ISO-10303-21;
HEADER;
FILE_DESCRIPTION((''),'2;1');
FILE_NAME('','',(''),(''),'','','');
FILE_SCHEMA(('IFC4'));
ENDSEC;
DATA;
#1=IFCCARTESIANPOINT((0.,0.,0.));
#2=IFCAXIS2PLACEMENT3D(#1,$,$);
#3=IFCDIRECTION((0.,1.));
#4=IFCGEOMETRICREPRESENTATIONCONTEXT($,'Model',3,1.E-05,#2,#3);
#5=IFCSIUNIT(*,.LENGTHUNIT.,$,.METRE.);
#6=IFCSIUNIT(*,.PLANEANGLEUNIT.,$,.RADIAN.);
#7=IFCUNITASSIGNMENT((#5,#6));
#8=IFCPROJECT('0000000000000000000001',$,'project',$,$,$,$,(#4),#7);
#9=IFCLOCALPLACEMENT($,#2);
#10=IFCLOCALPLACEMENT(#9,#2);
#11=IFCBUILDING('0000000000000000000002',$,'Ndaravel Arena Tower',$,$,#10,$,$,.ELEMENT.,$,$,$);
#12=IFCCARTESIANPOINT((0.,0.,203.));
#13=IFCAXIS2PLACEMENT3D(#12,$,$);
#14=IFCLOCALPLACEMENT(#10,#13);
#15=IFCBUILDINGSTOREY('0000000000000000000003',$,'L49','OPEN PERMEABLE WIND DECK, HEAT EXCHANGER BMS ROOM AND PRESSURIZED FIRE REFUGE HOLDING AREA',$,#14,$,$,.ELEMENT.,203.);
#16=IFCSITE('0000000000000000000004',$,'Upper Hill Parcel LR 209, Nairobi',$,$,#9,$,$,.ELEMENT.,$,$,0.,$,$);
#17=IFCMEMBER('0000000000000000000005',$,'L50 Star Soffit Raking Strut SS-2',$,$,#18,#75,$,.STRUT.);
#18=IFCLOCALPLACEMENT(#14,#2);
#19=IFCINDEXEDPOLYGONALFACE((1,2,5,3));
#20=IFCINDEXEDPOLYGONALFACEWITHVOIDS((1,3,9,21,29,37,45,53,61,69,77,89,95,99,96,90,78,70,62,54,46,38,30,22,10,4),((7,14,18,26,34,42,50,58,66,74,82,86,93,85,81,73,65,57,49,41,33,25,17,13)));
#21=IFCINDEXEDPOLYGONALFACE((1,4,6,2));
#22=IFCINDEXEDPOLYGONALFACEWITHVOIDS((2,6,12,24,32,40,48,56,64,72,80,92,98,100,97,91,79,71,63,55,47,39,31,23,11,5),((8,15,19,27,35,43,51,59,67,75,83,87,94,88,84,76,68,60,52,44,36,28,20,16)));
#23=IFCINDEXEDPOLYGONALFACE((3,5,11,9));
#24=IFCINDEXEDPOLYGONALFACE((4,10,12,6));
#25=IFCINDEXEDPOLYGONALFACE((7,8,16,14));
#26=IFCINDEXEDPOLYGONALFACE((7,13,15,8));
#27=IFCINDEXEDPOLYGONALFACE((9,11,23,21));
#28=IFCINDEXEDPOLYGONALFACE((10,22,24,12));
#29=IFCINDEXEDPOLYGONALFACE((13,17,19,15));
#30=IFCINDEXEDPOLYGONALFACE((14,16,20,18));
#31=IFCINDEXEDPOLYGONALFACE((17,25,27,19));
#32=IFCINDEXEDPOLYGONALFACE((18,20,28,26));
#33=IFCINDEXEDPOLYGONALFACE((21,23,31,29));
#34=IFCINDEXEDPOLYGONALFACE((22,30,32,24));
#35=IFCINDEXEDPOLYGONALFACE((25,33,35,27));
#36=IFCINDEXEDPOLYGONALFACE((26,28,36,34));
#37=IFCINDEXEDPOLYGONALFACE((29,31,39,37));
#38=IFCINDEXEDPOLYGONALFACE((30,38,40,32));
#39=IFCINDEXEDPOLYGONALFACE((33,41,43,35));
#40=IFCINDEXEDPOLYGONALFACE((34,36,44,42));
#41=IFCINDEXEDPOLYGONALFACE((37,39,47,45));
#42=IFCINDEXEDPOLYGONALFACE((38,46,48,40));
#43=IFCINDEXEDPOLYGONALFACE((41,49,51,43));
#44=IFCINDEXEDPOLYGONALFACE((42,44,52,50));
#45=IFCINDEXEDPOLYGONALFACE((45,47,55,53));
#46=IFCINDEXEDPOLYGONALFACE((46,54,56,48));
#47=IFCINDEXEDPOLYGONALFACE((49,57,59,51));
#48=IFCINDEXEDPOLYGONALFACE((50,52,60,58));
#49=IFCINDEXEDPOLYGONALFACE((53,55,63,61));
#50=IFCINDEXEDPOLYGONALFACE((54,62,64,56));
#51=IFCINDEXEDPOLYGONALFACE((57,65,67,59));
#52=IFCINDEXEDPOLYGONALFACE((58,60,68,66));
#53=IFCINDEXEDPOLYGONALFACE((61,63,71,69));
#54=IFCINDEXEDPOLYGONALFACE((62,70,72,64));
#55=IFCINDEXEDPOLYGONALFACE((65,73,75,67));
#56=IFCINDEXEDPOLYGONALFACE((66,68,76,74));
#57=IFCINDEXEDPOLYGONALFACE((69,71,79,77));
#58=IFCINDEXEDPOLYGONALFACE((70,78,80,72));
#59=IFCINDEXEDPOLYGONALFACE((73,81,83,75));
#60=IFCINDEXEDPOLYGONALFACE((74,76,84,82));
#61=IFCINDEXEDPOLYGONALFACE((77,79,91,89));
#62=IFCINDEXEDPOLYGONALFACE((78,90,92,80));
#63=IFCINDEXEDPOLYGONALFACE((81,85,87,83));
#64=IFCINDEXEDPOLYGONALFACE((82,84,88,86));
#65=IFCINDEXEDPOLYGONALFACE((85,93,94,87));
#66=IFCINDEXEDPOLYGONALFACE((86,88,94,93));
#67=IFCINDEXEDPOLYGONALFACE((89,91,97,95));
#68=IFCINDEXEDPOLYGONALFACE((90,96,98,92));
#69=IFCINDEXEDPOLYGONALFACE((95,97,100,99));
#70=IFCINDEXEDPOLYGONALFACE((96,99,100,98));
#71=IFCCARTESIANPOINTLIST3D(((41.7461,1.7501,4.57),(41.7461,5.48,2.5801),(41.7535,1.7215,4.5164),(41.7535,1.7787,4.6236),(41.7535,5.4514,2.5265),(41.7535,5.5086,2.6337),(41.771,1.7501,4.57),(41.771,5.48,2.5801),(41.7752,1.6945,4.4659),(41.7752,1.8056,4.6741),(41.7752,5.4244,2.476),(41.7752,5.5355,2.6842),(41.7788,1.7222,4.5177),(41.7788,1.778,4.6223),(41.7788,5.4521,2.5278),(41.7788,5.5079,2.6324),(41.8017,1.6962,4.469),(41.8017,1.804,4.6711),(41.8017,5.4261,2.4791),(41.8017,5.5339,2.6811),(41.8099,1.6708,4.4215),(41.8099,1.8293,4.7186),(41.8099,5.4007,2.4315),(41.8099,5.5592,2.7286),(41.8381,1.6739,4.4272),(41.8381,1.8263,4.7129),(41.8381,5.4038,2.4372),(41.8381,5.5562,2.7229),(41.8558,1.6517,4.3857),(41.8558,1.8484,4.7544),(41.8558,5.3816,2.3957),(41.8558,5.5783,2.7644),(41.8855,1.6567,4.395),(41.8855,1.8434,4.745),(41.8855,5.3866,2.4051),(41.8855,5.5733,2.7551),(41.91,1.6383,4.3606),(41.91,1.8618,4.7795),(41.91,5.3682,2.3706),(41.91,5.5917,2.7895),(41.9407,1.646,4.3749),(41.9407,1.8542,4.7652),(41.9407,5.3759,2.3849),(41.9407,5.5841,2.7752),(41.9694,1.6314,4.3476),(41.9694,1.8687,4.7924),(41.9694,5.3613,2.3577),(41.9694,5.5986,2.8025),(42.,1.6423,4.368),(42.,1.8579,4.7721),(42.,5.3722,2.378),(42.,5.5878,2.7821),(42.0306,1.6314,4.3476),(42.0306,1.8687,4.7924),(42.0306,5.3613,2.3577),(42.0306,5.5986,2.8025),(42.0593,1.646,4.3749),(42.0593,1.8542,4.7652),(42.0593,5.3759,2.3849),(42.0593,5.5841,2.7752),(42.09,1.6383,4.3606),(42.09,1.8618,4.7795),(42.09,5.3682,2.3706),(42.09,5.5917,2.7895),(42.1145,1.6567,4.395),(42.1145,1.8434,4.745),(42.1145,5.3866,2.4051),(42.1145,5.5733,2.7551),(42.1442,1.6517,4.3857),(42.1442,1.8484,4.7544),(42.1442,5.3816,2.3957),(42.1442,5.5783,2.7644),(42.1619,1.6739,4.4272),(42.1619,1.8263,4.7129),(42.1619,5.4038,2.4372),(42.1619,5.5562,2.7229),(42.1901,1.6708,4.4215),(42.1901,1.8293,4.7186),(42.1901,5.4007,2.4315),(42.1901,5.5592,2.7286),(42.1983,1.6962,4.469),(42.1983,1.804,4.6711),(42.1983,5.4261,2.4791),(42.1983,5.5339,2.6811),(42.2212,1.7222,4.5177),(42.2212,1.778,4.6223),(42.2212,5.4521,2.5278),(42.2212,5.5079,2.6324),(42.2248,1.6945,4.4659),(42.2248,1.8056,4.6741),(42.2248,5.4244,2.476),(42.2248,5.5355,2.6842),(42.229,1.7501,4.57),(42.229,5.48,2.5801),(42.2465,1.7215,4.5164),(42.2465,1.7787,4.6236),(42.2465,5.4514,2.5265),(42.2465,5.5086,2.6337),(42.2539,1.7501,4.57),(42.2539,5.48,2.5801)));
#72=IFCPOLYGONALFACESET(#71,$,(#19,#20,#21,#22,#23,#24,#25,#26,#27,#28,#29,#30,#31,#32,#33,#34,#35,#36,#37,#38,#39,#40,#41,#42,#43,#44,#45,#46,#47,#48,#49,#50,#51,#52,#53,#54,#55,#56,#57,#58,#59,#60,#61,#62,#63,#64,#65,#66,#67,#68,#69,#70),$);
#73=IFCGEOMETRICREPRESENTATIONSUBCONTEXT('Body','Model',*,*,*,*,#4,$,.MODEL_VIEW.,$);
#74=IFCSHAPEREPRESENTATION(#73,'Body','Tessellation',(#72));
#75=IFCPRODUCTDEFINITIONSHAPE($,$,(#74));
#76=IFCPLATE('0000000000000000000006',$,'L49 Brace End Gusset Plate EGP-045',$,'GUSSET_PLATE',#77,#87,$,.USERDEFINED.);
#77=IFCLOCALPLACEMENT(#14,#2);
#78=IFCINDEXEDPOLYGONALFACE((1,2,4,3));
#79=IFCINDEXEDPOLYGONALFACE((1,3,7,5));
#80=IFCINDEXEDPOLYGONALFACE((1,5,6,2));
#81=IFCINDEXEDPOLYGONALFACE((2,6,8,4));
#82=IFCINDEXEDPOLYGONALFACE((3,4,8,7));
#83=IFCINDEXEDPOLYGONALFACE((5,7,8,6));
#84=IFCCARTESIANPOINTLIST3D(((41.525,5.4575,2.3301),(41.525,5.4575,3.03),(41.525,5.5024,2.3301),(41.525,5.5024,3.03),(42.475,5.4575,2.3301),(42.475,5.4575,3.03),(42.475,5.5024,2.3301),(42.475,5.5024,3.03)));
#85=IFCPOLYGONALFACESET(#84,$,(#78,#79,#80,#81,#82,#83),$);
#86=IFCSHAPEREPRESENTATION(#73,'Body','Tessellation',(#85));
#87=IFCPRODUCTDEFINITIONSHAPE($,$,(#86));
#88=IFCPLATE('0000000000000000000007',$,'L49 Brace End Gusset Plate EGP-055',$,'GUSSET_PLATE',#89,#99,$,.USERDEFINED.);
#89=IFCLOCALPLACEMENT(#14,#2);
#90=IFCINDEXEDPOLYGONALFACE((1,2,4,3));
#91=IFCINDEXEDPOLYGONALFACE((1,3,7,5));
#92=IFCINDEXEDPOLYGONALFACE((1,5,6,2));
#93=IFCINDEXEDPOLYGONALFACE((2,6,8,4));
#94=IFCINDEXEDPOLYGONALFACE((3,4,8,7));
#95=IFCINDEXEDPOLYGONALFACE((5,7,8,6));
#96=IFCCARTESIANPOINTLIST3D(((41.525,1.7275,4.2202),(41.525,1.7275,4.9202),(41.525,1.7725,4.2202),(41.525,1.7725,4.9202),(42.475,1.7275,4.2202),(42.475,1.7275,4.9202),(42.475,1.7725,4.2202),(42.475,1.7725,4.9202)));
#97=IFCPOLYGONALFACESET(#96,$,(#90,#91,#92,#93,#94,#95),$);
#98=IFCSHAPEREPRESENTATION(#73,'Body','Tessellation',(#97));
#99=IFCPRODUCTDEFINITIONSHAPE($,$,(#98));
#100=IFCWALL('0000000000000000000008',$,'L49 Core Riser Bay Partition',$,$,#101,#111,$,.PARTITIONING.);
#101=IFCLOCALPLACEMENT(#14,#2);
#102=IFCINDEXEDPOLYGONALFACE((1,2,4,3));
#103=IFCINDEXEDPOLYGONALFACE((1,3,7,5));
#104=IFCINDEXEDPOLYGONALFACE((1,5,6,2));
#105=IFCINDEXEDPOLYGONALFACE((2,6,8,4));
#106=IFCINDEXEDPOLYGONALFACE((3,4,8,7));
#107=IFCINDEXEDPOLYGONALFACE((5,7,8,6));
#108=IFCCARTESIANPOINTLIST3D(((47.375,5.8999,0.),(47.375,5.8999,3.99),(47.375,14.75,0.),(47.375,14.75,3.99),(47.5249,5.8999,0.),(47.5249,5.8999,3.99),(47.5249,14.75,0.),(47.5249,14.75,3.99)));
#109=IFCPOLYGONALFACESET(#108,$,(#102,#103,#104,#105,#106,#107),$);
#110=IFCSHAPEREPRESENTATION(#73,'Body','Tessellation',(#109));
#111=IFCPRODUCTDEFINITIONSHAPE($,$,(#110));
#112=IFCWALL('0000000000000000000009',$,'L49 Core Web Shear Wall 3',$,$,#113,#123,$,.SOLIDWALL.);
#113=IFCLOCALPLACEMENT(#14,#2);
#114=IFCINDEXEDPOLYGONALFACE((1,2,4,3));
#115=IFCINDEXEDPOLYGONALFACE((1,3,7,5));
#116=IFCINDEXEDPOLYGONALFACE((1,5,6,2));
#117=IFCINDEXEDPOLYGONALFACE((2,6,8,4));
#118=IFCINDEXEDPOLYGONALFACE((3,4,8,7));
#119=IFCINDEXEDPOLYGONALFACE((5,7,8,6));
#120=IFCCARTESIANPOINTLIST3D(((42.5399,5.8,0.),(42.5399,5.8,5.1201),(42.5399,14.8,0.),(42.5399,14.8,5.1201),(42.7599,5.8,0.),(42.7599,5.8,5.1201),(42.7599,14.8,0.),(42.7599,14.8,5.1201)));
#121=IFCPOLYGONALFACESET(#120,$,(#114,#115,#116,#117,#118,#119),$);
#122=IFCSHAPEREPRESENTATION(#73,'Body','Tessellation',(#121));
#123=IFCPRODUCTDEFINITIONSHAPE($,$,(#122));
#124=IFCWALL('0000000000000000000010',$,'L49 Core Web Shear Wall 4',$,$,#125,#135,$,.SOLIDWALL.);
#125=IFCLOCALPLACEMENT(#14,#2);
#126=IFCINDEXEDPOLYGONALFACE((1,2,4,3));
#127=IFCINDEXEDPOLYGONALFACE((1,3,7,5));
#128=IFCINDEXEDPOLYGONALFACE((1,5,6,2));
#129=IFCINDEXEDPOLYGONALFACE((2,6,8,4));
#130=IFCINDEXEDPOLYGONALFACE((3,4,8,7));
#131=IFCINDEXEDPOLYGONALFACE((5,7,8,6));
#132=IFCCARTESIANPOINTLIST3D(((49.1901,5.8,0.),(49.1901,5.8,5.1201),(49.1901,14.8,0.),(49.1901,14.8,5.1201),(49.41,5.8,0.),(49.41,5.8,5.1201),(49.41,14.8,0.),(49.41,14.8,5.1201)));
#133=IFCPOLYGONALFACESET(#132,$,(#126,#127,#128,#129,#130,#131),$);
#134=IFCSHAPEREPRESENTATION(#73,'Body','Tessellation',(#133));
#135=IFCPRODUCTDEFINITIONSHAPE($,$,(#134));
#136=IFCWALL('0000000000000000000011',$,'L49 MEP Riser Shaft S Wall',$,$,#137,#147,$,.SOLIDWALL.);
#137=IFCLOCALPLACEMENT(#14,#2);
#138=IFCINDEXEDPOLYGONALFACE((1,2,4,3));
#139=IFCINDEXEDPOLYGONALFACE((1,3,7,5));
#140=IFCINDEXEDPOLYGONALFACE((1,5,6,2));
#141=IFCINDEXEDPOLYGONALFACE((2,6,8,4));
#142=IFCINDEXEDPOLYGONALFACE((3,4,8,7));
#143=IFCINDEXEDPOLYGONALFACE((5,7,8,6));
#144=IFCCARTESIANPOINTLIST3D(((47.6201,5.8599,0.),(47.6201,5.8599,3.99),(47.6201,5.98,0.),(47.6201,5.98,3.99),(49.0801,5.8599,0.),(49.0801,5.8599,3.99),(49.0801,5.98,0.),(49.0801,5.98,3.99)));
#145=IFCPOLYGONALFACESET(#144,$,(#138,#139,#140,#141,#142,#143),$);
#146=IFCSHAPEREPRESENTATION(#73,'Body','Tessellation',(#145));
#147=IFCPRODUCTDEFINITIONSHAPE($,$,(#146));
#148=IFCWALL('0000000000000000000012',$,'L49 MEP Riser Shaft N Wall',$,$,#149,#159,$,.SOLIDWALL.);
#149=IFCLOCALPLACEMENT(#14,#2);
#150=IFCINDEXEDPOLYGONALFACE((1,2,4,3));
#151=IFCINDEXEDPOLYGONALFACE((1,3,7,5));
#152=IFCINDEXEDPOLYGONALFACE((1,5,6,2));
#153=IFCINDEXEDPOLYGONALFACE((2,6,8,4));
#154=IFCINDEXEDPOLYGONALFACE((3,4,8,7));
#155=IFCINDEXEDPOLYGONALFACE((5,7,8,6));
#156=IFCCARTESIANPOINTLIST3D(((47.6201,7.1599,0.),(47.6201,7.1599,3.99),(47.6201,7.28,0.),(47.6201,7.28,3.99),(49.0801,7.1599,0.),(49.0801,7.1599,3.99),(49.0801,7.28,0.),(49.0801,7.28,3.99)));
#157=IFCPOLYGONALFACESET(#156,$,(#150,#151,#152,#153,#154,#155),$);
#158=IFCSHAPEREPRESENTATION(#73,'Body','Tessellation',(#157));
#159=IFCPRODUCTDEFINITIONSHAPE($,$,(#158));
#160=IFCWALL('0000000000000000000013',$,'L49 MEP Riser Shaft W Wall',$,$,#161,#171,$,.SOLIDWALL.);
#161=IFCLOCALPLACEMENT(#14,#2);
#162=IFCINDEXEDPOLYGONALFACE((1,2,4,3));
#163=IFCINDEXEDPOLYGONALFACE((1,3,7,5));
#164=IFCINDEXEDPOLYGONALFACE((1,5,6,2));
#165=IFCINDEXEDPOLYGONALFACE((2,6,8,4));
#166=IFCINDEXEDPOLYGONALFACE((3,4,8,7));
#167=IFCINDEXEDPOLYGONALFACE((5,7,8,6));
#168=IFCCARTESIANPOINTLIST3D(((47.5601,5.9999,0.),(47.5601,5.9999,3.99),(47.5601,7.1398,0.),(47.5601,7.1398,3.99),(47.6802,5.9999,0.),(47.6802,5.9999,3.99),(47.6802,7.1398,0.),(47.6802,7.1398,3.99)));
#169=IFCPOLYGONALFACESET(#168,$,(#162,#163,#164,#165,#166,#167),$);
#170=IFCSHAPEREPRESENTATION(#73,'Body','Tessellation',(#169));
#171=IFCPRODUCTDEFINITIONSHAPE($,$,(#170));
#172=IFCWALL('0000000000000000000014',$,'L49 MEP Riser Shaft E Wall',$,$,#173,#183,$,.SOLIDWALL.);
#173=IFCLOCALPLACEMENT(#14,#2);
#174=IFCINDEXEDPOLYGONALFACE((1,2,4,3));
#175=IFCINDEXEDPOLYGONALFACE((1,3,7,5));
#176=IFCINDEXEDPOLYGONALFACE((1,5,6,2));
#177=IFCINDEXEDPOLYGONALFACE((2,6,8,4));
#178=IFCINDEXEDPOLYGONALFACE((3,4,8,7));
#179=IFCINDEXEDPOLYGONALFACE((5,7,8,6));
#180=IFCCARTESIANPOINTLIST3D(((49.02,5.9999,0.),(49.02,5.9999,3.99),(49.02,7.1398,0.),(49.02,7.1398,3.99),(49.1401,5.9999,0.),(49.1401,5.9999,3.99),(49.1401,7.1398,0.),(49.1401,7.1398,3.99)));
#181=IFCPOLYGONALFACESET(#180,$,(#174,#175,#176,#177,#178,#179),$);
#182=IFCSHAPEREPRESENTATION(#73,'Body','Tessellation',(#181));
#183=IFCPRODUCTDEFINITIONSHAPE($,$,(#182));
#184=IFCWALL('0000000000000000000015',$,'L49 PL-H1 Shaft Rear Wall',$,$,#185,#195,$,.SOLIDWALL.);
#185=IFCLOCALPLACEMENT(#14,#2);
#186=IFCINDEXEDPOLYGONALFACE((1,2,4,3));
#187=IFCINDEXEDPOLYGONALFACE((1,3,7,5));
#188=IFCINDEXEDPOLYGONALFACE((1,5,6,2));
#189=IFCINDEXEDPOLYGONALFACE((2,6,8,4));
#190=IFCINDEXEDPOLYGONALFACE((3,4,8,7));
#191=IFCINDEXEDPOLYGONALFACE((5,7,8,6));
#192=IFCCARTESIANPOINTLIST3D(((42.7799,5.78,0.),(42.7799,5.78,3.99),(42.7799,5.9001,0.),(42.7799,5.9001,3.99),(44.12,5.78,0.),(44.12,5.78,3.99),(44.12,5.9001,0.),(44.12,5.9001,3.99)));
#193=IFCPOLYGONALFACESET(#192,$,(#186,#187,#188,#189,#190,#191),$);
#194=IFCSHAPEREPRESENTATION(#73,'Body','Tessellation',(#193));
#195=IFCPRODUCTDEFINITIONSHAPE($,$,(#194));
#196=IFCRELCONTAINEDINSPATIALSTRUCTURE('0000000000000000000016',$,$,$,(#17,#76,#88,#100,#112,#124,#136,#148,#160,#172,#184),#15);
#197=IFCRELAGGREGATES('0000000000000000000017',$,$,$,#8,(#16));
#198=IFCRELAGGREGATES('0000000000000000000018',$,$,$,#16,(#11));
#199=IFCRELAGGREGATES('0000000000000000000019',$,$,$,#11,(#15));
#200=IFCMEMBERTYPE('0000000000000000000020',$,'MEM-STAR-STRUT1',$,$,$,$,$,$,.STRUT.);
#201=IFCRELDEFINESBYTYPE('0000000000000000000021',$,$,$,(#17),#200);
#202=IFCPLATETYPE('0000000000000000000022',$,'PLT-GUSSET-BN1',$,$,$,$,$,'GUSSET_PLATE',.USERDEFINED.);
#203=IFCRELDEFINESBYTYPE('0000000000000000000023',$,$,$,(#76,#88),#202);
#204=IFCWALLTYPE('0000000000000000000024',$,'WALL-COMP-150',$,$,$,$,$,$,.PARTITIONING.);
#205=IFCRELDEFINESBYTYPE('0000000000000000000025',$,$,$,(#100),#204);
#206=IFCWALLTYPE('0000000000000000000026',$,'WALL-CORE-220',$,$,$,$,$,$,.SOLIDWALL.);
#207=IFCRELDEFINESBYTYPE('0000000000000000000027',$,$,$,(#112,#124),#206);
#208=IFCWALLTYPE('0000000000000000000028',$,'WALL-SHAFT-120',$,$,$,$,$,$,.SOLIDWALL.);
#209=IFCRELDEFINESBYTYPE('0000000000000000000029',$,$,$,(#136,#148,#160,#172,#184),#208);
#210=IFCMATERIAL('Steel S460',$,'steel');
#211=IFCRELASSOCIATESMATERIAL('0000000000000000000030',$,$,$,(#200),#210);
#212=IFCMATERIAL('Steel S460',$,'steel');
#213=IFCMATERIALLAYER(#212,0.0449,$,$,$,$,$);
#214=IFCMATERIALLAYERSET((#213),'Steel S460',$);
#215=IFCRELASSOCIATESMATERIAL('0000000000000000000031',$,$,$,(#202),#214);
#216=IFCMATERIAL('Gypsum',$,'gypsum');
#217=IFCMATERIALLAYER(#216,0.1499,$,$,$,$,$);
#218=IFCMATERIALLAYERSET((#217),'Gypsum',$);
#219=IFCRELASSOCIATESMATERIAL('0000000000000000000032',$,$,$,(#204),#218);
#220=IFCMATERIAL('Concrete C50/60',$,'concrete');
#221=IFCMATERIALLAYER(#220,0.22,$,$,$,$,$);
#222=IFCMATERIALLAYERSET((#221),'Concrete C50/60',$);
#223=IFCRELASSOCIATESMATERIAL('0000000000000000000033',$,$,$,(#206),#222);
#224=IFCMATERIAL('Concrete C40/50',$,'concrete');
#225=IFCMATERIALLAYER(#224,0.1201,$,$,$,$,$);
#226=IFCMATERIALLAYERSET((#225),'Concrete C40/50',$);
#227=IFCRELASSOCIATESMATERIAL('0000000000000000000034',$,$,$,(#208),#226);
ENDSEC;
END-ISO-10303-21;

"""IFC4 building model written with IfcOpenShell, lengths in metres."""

from ifc_helpers import new_model, si_unit, direction, frame, frame_2d, origin, origin_2d, place, context, subcontext, project, spatial, rectangle, hollow_circle, extrude, material, layer, layer_set, material_profile, profile_set, type_object, element, save


model = new_model("IFC4")

# Units and contexts
model_context = context("Model", 3, precision=1e-05, world=origin(), true_north=direction((0.0, 1.0)))
body_context = subcontext(model_context, "Body", "Model", "MODEL_VIEW")
ifc_project = project(units=[si_unit("LENGTHUNIT", "METRE"), si_unit("PLANEANGLEUNIT", "RADIAN")], contexts=[model_context])

# Site, building, storey
site_placement = place(None, origin())
site = spatial("IfcSite", under=ifc_project, at=site_placement, Name="Upper Hill Parcel LR 209, Nairobi", CompositionType="ELEMENT", RefElevation=0.0)
building_placement = place(site_placement, origin())
building = spatial("IfcBuilding", under=site, at=building_placement, Name="Ndaravel Arena Tower", CompositionType="ELEMENT")
storey_placement = place(building_placement, frame((0.0, 0.0, 203.0)))
storey = spatial("IfcBuildingStorey", under=building, at=storey_placement, Name="L49", Description="OPEN PERMEABLE WIND DECK, HEAT EXCHANGER BMS ROOM AND PRESSURIZED FIRE REFUGE HOLDING AREA", CompositionType="ELEMENT", Elevation=203.0)

# Member
ifc_material_1 = material(Name="Steel S460", Category="steel")
ifc_material_profile = material_profile(ifc_material_1, hollow_circle(Radius=0.2539, WallThickness=0.0249, at=origin_2d()), Name="CHS 508x25")
ifc_profile_set = profile_set([ifc_material_profile], Name="Steel S460")
member_type = type_object("IfcMemberType", Name="MEM-STAR-STRUT1", PredefinedType="STRUT", material=ifc_profile_set)
member_placement = place(storey_placement, frame((42.0, 5.48, 2.5801), z_axis=(0.0, -0.882287, 0.470711), x_axis=(1.0, 0.0, 0.0)))
element("IfcMember", 1, at=member_placement, inside=storey, type_object=member_type, Name="L50 Star Soffit Raking Strut SS-2", PredefinedType="STRUT", context=body_context, shape_type="SweptSolid", body=[
    extrude(hollow_circle(Radius=0.2539, WallThickness=0.0249, at=origin_2d()), origin(), (0.0, 0.0, 1.0), 4.2275),
])

# Plates
ifc_material_2 = material(Name="Steel S460", Category="steel")
ifc_layer_1 = layer(ifc_material_2, 0.0449)
ifc_layer_set_1 = layer_set([ifc_layer_1], Name="Steel S460")
plate_type = type_object("IfcPlateType", Name="PLT-GUSSET-BN1", ElementType="GUSSET_PLATE", PredefinedType="USERDEFINED", material=ifc_layer_set_1)
for number, where, z_axis, x_axis, name in (
    (2, (42.0, 5.48, 2.3301), (0.0, 0.0, 1.0), (1.0, 0.0, 0.0), "L49 Brace End Gusset Plate EGP-045"),
    (3, (42.0, 1.75, 4.2202), (0.0, 0.0, 1.0), (1.0, 0.0, 0.0), "L49 Brace End Gusset Plate EGP-055"),
):
    element("IfcPlate", number, at=place(storey_placement, frame(where, z_axis=z_axis, x_axis=x_axis)), inside=storey, type_object=plate_type, Name=name, ObjectType="GUSSET_PLATE", PredefinedType="USERDEFINED", context=body_context, shape_type="SweptSolid", body=[
        extrude(rectangle(XDim=0.95, YDim=0.0449, at=origin_2d()), origin(), (0.0, 0.0, 1.0), 0.7),
    ])

# Walls
ifc_material_3 = material(Name="Gypsum", Category="gypsum")
ifc_layer_2 = layer(ifc_material_3, 0.1499)
ifc_layer_set_2 = layer_set([ifc_layer_2], Name="Gypsum")
wall_type_1 = type_object("IfcWallType", Name="WALL-COMP-150", PredefinedType="PARTITIONING", material=ifc_layer_set_2)
wall_1_placement = place(storey_placement, frame((47.45, 5.8999, 0.0), z_axis=(0.0, 0.0, 1.0), x_axis=(0.0, 1.0, 0.0)))
element("IfcWall", 4, at=wall_1_placement, inside=storey, type_object=wall_type_1, Name="L49 Core Riser Bay Partition", PredefinedType="PARTITIONING", context=body_context, shape_type="SweptSolid", body=[
    extrude(rectangle(XDim=8.8501, YDim=0.1499, at=frame_2d((4.425, 0.0))), origin(), (0.0, 0.0, 1.0), 3.99),
])
ifc_material_4 = material(Name="Concrete C50/60", Category="concrete")
ifc_layer_3 = layer(ifc_material_4, 0.22)
ifc_layer_set_3 = layer_set([ifc_layer_3], Name="Concrete C50/60")
wall_type_2 = type_object("IfcWallType", Name="WALL-CORE-220", PredefinedType="SOLIDWALL", material=ifc_layer_set_3)
for number, where, z_axis, x_axis, name in (
    (5, (42.6499, 5.8, 0.0), (0.0, 0.0, 1.0), (0.0, 1.0, 0.0), "L49 Core Web Shear Wall 3"),
    (6, (49.3, 5.8, 0.0), (0.0, 0.0, 1.0), (0.0, 1.0, 0.0), "L49 Core Web Shear Wall 4"),
):
    element("IfcWall", number, at=place(storey_placement, frame(where, z_axis=z_axis, x_axis=x_axis)), inside=storey, type_object=wall_type_2, Name=name, PredefinedType="SOLIDWALL", context=body_context, shape_type="SweptSolid", body=[
        extrude(rectangle(XDim=9.0, YDim=0.22, at=frame_2d((4.5, 0.0))), origin(), (0.0, 0.0, 1.0), 5.1201),
    ])

# Walls
ifc_material_5 = material(Name="Concrete C40/50", Category="concrete")
ifc_layer_4 = layer(ifc_material_5, 0.1201)
ifc_layer_set_4 = layer_set([ifc_layer_4], Name="Concrete C40/50")
wall_type_3 = type_object("IfcWallType", Name="WALL-SHAFT-120", PredefinedType="SOLIDWALL", material=ifc_layer_set_4)
for number, where, z_axis, x_axis, name in (
    (7, (47.6201, 5.9199, 0.0), (0.0, 0.0, 1.0), (1.0, 0.0, 0.0), "L49 MEP Riser Shaft S Wall"),
    (8, (47.6201, 7.22, 0.0), (0.0, 0.0, 1.0), (1.0, 0.0, 0.0), "L49 MEP Riser Shaft N Wall"),
):
    element("IfcWall", number, at=place(storey_placement, frame(where, z_axis=z_axis, x_axis=x_axis)), inside=storey, type_object=wall_type_3, Name=name, PredefinedType="SOLIDWALL", context=body_context, shape_type="SweptSolid", body=[
        extrude(rectangle(XDim=1.46, YDim=0.1201, at=frame_2d((0.73, 0.0))), origin(), (0.0, 0.0, 1.0), 3.99),
    ])
for number, where, z_axis, x_axis, name in (
    (9, (47.6201, 6.0, 0.0), (0.0, 0.0, 1.0), (0.0, 1.0, 0.0), "L49 MEP Riser Shaft W Wall"),
    (10, (49.0801, 6.0, 0.0), (0.0, 0.0, 1.0), (0.0, 1.0, 0.0), "L49 MEP Riser Shaft E Wall"),
):
    element("IfcWall", number, at=place(storey_placement, frame(where, z_axis=z_axis, x_axis=x_axis)), inside=storey, type_object=wall_type_3, Name=name, PredefinedType="SOLIDWALL", context=body_context, shape_type="SweptSolid", body=[
        extrude(rectangle(XDim=1.1399, YDim=0.1201, at=frame_2d((0.5698, 0.0))), origin(), (0.0, 0.0, 1.0), 3.99),
    ])
wall_2_placement = place(storey_placement, frame((42.78, 5.8401, 0.0), z_axis=(0.0, 0.0, 1.0), x_axis=(1.0, 0.0, 0.0)))
element("IfcWall", 11, at=wall_2_placement, inside=storey, type_object=wall_type_3, Name="L49 PL-H1 Shaft Rear Wall", PredefinedType="SOLIDWALL", context=body_context, shape_type="SweptSolid", body=[
    extrude(rectangle(XDim=1.3401, YDim=0.1201, at=frame_2d((0.6699, 0.0))), origin(), (0.0, 0.0, 1.0), 3.99),
])

save(model, "model.ifc")
